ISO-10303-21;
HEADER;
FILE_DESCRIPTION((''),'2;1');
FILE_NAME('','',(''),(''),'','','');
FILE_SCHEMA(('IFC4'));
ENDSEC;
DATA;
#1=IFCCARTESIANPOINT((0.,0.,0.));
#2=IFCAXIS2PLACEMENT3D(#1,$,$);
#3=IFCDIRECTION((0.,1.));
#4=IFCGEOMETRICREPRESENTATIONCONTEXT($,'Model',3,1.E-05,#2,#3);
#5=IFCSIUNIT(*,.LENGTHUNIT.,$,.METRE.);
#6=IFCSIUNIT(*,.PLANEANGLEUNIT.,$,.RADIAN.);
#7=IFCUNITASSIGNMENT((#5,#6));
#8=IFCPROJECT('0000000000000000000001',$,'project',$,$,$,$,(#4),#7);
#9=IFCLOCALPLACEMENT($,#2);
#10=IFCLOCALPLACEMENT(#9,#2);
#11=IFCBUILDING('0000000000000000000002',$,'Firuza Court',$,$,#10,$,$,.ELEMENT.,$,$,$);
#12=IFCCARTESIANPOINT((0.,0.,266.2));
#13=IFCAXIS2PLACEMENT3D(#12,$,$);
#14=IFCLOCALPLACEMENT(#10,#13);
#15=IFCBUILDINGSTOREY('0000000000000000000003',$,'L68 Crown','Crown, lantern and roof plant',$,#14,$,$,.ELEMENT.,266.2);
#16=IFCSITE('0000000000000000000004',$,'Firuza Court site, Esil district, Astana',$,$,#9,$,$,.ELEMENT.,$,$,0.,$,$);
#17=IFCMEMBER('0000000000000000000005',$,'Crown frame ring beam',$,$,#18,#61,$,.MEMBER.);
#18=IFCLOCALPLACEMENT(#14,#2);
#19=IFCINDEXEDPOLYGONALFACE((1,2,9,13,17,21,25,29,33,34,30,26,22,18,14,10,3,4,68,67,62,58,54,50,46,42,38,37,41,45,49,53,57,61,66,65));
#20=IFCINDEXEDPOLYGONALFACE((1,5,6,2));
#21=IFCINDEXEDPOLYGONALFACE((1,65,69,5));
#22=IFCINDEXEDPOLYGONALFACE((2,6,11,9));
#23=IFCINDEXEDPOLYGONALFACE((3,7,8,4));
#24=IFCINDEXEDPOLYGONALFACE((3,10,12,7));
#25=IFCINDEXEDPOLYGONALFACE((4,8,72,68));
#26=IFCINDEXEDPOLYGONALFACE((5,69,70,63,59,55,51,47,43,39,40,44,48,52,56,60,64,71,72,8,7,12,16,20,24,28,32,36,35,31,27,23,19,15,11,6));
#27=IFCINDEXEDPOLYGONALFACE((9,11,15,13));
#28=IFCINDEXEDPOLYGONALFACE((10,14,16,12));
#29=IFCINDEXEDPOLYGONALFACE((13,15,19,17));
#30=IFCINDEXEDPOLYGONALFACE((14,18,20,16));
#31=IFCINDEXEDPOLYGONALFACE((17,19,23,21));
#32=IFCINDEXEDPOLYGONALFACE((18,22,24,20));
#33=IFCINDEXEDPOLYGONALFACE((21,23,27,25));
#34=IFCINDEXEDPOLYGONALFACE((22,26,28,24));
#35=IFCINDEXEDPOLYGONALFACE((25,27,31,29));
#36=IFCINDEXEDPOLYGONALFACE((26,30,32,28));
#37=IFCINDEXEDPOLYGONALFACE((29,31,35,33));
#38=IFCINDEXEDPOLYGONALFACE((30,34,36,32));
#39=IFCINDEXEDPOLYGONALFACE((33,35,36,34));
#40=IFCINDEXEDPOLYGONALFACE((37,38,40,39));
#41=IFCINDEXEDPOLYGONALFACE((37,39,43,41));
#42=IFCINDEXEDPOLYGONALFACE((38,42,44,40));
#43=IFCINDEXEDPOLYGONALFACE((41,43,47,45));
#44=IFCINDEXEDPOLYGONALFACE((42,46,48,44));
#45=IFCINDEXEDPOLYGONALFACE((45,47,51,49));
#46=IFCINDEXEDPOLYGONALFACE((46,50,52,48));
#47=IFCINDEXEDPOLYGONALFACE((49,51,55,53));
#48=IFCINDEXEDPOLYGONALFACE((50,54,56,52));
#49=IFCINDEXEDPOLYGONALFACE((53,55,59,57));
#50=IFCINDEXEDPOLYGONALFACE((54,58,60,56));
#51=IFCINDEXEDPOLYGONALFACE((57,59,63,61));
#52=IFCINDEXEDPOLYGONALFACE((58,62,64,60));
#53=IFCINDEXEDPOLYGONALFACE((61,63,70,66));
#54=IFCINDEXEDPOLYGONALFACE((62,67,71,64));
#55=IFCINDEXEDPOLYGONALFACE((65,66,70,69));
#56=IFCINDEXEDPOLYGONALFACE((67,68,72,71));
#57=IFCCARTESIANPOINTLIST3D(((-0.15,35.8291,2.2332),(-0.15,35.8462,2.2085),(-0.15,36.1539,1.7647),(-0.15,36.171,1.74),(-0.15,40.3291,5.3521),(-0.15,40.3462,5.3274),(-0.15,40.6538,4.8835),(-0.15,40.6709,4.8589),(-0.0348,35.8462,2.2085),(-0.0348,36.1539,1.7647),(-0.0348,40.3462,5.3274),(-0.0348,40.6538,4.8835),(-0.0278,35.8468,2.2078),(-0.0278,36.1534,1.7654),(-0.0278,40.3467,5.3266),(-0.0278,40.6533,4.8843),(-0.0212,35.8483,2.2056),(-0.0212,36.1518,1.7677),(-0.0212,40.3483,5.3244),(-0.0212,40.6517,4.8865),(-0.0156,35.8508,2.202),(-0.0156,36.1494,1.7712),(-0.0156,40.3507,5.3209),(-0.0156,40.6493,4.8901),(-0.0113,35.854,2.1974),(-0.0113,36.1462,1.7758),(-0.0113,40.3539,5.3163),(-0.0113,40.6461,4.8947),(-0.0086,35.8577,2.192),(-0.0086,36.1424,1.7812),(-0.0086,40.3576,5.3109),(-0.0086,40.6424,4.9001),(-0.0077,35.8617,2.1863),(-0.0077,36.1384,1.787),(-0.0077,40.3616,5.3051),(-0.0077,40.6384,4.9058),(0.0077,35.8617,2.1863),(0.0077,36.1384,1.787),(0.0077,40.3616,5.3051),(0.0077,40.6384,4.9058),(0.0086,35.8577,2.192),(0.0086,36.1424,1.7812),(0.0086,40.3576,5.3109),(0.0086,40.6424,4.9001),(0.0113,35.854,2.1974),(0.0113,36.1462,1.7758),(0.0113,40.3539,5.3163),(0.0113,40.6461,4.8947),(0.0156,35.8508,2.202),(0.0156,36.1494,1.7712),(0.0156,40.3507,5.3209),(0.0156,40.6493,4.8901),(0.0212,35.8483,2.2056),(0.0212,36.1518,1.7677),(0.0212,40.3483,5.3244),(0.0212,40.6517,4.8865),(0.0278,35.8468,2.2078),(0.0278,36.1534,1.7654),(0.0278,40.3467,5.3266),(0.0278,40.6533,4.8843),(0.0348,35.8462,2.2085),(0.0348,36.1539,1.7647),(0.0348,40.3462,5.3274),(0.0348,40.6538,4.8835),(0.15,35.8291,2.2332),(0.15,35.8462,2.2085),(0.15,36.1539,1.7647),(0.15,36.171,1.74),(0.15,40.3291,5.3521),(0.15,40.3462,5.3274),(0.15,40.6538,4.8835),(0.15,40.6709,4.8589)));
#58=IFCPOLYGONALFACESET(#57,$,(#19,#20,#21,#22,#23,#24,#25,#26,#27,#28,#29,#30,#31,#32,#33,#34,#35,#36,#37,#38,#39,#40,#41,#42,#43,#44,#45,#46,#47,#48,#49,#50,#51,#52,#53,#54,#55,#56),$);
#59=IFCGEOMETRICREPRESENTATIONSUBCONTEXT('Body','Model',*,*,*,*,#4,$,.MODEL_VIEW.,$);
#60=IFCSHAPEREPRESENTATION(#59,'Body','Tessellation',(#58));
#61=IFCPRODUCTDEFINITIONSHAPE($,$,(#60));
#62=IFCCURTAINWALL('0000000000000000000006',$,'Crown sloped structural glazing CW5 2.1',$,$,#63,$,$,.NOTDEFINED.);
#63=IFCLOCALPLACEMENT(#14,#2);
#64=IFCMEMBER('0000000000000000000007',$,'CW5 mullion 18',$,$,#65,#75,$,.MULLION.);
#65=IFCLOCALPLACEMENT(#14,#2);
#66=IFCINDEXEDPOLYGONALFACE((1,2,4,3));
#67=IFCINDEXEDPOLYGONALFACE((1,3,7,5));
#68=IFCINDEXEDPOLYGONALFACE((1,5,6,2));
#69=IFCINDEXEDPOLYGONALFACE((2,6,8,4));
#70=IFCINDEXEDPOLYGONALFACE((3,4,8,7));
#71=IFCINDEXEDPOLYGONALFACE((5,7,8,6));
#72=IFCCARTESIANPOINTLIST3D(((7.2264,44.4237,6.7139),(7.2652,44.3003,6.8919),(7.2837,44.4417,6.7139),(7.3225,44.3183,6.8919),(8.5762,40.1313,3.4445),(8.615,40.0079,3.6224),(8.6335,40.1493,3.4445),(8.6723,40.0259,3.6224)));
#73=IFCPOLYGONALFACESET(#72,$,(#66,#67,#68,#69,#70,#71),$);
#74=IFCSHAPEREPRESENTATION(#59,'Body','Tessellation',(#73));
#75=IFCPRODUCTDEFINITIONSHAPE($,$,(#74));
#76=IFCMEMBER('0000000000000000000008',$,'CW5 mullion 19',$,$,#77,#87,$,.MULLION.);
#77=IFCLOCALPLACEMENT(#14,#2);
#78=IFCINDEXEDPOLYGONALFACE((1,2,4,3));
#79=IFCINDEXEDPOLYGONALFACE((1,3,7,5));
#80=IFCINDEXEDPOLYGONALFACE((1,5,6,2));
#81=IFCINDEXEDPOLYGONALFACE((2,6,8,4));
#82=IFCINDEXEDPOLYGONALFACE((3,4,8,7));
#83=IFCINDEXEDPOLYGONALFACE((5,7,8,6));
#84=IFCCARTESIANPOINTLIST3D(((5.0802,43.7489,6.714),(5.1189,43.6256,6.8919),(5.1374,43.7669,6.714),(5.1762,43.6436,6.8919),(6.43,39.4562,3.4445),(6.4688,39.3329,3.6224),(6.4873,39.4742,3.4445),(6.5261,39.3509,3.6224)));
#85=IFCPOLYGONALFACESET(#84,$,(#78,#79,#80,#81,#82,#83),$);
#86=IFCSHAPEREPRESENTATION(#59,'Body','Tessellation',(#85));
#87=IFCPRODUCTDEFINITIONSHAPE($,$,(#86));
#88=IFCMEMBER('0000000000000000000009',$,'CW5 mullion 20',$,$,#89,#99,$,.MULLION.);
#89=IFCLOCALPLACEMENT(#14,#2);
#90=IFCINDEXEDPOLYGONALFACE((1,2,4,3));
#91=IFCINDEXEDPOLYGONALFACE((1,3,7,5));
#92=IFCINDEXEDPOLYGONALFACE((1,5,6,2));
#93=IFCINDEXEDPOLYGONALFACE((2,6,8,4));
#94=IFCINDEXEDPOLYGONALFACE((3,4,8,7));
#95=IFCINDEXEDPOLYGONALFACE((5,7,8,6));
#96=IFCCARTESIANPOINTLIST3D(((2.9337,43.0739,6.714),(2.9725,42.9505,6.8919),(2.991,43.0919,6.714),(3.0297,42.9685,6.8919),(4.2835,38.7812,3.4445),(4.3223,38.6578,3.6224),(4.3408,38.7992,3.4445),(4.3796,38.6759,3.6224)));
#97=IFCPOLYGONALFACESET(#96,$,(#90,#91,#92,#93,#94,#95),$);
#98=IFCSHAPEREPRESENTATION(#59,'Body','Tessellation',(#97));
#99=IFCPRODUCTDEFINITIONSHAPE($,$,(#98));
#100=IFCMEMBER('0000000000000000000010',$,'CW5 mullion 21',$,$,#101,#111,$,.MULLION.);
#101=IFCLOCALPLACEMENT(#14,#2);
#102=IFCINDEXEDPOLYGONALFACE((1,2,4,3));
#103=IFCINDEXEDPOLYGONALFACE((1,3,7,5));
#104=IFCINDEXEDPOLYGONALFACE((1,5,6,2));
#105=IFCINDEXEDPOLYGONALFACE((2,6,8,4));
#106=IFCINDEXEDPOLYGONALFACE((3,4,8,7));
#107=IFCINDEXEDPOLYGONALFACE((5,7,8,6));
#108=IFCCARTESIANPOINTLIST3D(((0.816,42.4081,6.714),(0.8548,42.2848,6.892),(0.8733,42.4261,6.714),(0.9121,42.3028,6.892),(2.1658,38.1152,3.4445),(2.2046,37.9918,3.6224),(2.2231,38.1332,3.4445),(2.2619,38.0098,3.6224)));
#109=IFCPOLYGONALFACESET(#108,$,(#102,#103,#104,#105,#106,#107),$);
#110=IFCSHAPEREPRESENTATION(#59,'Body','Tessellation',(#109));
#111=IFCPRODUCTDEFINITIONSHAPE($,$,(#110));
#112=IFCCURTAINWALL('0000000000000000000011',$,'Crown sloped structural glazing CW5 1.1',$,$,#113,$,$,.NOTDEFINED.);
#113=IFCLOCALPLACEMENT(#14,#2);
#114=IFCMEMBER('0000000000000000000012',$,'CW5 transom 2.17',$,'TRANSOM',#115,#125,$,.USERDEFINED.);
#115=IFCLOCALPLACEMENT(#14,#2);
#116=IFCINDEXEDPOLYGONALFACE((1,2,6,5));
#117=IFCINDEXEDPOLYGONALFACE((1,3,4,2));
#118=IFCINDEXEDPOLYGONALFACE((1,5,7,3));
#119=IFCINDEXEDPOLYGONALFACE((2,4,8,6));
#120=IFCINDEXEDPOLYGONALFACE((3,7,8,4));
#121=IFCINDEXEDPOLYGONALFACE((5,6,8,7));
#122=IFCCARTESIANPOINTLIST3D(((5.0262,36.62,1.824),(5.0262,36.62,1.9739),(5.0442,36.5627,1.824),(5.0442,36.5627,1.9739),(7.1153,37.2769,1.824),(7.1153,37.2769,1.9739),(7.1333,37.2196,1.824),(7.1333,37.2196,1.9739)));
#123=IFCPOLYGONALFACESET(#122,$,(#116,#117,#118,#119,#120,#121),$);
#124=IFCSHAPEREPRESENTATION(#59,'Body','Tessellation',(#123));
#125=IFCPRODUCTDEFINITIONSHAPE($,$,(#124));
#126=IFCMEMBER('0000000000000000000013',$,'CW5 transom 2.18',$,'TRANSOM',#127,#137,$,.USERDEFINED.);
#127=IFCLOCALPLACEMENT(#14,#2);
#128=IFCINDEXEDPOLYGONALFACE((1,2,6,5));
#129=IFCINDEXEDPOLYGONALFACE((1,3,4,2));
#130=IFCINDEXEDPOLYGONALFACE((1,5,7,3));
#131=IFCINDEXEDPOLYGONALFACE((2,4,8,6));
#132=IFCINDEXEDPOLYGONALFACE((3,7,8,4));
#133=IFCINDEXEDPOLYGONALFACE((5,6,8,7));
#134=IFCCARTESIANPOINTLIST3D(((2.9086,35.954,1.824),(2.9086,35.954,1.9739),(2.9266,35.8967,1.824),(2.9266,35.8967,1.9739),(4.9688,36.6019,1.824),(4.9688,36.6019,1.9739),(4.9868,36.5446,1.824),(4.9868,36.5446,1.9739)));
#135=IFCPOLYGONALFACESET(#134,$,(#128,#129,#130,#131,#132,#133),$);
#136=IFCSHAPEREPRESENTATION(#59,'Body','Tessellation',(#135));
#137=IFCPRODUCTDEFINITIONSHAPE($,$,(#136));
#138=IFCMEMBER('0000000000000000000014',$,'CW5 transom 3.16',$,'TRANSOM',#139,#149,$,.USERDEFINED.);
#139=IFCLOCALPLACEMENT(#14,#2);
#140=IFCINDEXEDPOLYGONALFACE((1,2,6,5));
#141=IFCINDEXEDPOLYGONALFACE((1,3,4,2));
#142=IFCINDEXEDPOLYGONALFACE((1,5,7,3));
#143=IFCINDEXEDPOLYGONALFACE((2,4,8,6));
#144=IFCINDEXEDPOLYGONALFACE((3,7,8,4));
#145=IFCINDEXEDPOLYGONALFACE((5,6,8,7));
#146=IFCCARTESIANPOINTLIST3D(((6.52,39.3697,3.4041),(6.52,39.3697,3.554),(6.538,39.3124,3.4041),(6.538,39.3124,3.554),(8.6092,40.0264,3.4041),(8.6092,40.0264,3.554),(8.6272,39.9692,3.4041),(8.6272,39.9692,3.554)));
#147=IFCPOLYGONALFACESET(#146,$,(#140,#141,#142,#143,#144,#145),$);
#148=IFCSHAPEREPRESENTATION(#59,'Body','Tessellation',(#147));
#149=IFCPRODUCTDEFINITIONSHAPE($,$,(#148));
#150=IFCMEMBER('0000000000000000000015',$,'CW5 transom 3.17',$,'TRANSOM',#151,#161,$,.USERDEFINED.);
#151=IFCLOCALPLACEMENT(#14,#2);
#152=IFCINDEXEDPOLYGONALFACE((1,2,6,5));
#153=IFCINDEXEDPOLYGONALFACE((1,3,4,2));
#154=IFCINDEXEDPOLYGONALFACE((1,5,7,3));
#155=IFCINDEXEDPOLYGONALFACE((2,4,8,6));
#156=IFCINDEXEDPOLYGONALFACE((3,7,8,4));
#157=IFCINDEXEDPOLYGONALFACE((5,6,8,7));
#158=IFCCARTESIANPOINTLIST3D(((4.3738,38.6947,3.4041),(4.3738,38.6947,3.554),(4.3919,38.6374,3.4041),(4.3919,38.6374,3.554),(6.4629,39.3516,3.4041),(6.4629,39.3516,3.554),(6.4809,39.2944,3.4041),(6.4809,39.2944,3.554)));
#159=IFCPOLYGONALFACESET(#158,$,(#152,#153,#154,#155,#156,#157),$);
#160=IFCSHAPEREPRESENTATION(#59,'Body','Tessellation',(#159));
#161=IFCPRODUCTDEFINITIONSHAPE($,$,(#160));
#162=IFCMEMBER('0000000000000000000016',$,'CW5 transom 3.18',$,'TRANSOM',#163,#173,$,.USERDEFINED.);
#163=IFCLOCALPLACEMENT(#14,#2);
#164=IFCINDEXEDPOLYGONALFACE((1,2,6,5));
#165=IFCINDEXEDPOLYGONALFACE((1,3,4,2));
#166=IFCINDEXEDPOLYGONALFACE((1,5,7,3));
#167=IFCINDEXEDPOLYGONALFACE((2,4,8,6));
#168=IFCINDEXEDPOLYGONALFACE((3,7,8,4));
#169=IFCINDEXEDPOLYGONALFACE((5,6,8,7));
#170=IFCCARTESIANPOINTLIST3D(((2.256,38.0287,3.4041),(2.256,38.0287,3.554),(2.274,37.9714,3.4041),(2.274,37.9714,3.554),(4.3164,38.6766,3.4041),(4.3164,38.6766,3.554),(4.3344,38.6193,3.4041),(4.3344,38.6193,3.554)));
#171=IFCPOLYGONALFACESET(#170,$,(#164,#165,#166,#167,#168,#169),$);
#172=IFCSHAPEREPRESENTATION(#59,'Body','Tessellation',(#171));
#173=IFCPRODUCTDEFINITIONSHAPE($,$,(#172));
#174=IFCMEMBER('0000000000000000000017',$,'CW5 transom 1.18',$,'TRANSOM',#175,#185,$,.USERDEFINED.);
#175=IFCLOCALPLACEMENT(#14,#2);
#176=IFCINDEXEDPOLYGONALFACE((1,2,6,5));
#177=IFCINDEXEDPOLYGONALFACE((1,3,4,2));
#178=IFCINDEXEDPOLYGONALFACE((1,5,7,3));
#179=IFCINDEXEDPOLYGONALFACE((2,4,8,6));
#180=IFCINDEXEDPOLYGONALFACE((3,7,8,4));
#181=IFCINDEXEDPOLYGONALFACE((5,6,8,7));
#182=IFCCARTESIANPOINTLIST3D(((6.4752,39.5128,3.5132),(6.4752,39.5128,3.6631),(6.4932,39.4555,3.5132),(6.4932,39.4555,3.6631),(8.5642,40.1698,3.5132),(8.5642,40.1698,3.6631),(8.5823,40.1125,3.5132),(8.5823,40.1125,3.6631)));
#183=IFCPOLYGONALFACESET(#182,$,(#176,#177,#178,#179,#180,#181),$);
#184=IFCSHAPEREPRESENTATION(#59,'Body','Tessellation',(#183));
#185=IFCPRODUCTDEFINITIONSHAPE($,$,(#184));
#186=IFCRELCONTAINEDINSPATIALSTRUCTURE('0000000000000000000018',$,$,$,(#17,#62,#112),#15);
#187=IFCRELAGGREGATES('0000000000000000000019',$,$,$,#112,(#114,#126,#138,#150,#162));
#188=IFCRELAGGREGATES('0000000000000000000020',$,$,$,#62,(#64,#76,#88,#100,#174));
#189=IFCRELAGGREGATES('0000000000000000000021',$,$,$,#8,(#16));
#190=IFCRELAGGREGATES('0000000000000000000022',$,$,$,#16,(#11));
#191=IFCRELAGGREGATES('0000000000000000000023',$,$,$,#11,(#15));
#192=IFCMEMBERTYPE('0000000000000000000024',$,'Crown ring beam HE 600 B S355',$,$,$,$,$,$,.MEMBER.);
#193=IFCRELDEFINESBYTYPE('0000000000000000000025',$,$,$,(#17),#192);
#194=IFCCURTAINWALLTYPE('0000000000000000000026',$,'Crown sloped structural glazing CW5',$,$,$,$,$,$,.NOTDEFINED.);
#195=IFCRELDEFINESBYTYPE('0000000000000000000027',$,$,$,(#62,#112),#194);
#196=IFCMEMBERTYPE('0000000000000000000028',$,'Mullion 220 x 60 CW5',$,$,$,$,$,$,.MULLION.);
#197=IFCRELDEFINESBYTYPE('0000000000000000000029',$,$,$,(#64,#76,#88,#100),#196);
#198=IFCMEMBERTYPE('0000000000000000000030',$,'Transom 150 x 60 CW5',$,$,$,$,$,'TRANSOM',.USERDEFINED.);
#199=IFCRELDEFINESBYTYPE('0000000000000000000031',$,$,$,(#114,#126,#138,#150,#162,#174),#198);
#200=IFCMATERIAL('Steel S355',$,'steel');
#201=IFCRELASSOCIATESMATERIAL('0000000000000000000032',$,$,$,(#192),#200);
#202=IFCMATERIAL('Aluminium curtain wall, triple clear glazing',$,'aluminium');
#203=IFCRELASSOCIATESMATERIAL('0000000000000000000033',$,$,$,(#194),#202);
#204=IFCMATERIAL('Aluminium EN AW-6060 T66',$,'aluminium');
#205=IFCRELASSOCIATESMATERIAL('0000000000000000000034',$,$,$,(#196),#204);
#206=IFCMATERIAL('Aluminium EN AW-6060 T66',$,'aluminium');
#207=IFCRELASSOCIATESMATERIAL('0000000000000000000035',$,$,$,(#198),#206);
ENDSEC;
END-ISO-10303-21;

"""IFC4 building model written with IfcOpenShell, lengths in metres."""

from ifc_helpers import new_model, si_unit, direction, frame, origin, origin_2d, place, context, subcontext, project, spatial, rectangle, i_section, extrude, material, material_profile, profile_set, type_object, element, aggregate, save


model = new_model("IFC4")

# Units and contexts
model_context = context("Model", 3, precision=1e-05, world=origin(), true_north=direction((0.0, 1.0)))
body_context = subcontext(model_context, "Body", "Model", "MODEL_VIEW")
ifc_project = project(units=[si_unit("LENGTHUNIT", "METRE"), si_unit("PLANEANGLEUNIT", "RADIAN")], contexts=[model_context])

# Site, building, storey
site_placement = place(None, origin())
site = spatial("IfcSite", under=ifc_project, at=site_placement, Name="Firuza Court site, Esil district, Astana", CompositionType="ELEMENT", RefElevation=0.0)
building_placement = place(site_placement, origin())
building = spatial("IfcBuilding", under=site, at=building_placement, Name="Firuza Court", CompositionType="ELEMENT")
storey_placement = place(building_placement, frame((0.0, 0.0, 266.2)))
storey = spatial("IfcBuildingStorey", under=building, at=storey_placement, Name="L68 Crown", Description="Crown, lantern and roof plant", CompositionType="ELEMENT", Elevation=266.2)

# Member
ifc_material_1 = material(Name="Steel S355", Category="steel")
ifc_material_profile_1 = material_profile(ifc_material_1, i_section(OverallWidth=0.3, OverallDepth=0.6001, WebThickness=0.0154, FlangeThickness=0.03, FilletRadius=0.0271, at=origin_2d()), Name="HE 600 B")
ifc_profile_set_1 = profile_set([ifc_material_profile_1], Name="Steel S355")
member_type_1 = type_object("IfcMemberType", Name="Crown ring beam HE 600 B S355", PredefinedType="MEMBER", material=ifc_profile_set_1)
member_1_placement = place(storey_placement, frame((0.0, 40.5, 5.1055), z_axis=(0.0, -0.821892, -0.569643), x_axis=(1.0, 0.0, 0.0)))
element("IfcMember", 1, at=member_1_placement, inside=storey, type_object=member_type_1, Name="Crown frame ring beam", PredefinedType="MEMBER", context=body_context, shape_type="SweptSolid", body=[
    extrude(i_section(OverallWidth=0.3, OverallDepth=0.6001, WebThickness=0.0154, FlangeThickness=0.03, FilletRadius=0.0271, at=origin_2d()), origin(), (0.0, 0.0, 1.0), 5.4751),
])

# Curtain walls, members
ifc_material_2 = material(Name="Aluminium curtain wall, triple clear glazing", Category="aluminium")
curtain_wall_type = type_object("IfcCurtainWallType", Name="Crown sloped structural glazing CW5", PredefinedType="NOTDEFINED", material=ifc_material_2)
curtain_wall_1_placement = place(storey_placement, origin())
curtain_wall_1 = element("IfcCurtainWall", 2, at=curtain_wall_1_placement, inside=storey, type_object=curtain_wall_type, Name="Crown sloped structural glazing CW5 2.1", PredefinedType="NOTDEFINED")
ifc_material_3 = material(Name="Aluminium EN AW-6060 T66", Category="aluminium")
ifc_material_profile_2 = material_profile(ifc_material_3, rectangle(XDim=0.0601, YDim=0.22, at=origin_2d()), Name="Mullion 220 x 60 CW5")
ifc_profile_set_2 = profile_set([ifc_material_profile_2], Name="Aluminium EN AW-6060 T66")
member_type_2 = type_object("IfcMemberType", Name="Mullion 220 x 60 CW5", PredefinedType="MULLION", material=ifc_profile_set_2)
member_2_placement = place(storey_placement, frame((8.6243, 40.0786, 3.5334), z_axis=(-0.242686, 0.771733, 0.58782), x_axis=(-0.953944, -0.299986, 0.0)))
member_2 = element("IfcMember", 3, at=member_2_placement, type_object=member_type_2, Name="CW5 mullion 18", PredefinedType="MULLION", context=body_context, shape_type="SweptSolid", body=[
    extrude(rectangle(XDim=0.0601, YDim=0.22, at=origin_2d()), origin(), (0.0, 0.0, 1.0), 5.562),
])
member_3_placement = place(storey_placement, frame((6.478, 39.4036, 3.5334), z_axis=(-0.242678, 0.77175, 0.5878), x_axis=(-0.953948, -0.29997, 0.0)))
member_3 = element("IfcMember", 4, at=member_3_placement, type_object=member_type_2, Name="CW5 mullion 19", PredefinedType="MULLION", context=body_context, shape_type="SweptSolid", body=[
    extrude(rectangle(XDim=0.0601, YDim=0.22, at=origin_2d()), origin(), (0.0, 0.0, 1.0), 5.5623),
])
member_4_placement = place(storey_placement, frame((4.3315, 38.7285, 3.5334), z_axis=(-0.242678, 0.77175, 0.5878), x_axis=(-0.953948, -0.29997, 0.0)))
member_4 = element("IfcMember", 5, at=member_4_placement, type_object=member_type_2, Name="CW5 mullion 20", PredefinedType="MULLION", context=body_context, shape_type="SweptSolid", body=[
    extrude(rectangle(XDim=0.0601, YDim=0.22, at=origin_2d()), origin(), (0.0, 0.0, 1.0), 5.5623),
])
member_5_placement = place(storey_placement, frame((2.2139, 38.0625, 3.5334), z_axis=(-0.24267, 0.771768, 0.58778), x_axis=(-0.953953, -0.299955, 0.0)))
member_5 = element("IfcMember", 6, at=member_5_placement, type_object=member_type_2, Name="CW5 mullion 21", PredefinedType="MULLION", context=body_context, shape_type="SweptSolid", body=[
    extrude(rectangle(XDim=0.0601, YDim=0.22, at=origin_2d()), origin(), (0.0, 0.0, 1.0), 5.5625),
])
curtain_wall_2_placement = place(storey_placement, origin())
curtain_wall_2 = element("IfcCurtainWall", 7, at=curtain_wall_2_placement, inside=storey, type_object=curtain_wall_type, Name="Crown sloped structural glazing CW5 1.1", PredefinedType="NOTDEFINED")
ifc_material_4 = material(Name="Aluminium EN AW-6060 T66", Category="aluminium")
ifc_material_profile_3 = material_profile(ifc_material_4, rectangle(XDim=0.0601, YDim=0.1499, at=origin_2d()), Name="Transom 150 x 60 CW5")
ifc_profile_set_3 = profile_set([ifc_material_profile_3], Name="Aluminium EN AW-6060 T66")
member_type_3 = type_object("IfcMemberType", Name="Transom 150 x 60 CW5", ElementType="TRANSOM", PredefinedType="USERDEFINED", material=ifc_profile_set_3)
member_6_placement = place(storey_placement, frame((7.1243, 37.2483, 1.8989), z_axis=(-0.953941, -0.299995, 0.0), x_axis=(0.299995, -0.953941, 0.0)))
member_6 = element("IfcMember", 8, at=member_6_placement, type_object=member_type_3, Name="CW5 transom 2.17", ObjectType="TRANSOM", PredefinedType="USERDEFINED", context=body_context, shape_type="SweptSolid", body=[
    extrude(rectangle(XDim=0.0601, YDim=0.1499, at=origin_2d()), origin(), (0.0, 0.0, 1.0), 2.1899),
])
member_7_placement = place(storey_placement, frame((4.9778, 36.5732, 1.8989), z_axis=(-0.953937, -0.300006, 0.0), x_axis=(0.300006, -0.953937, 0.0)))
member_7 = element("IfcMember", 9, at=member_7_placement, type_object=member_type_3, Name="CW5 transom 2.18", ObjectType="TRANSOM", PredefinedType="USERDEFINED", context=body_context, shape_type="SweptSolid", body=[
    extrude(rectangle(XDim=0.0601, YDim=0.1499, at=origin_2d()), origin(), (0.0, 0.0, 1.0), 2.1597),
])
member_8_placement = place(storey_placement, frame((8.6182, 39.9978, 3.479), z_axis=(-0.953973, -0.299893, 0.0), x_axis=(0.299893, -0.953973, 0.0)))
member_8 = element("IfcMember", 10, at=member_8_placement, type_object=member_type_3, Name="CW5 transom 3.16", ObjectType="TRANSOM", PredefinedType="USERDEFINED", context=body_context, shape_type="SweptSolid", body=[
    extrude(rectangle(XDim=0.0601, YDim=0.1499, at=origin_2d()), origin(), (0.0, 0.0, 1.0), 2.1899),
])
member_9_placement = place(storey_placement, frame((6.4719, 39.323, 3.479), z_axis=(-0.953941, -0.299995, 0.0), x_axis=(0.299995, -0.953941, 0.0)))
member_9 = element("IfcMember", 11, at=member_9_placement, type_object=member_type_3, Name="CW5 transom 3.17", ObjectType="TRANSOM", PredefinedType="USERDEFINED", context=body_context, shape_type="SweptSolid", body=[
    extrude(rectangle(XDim=0.0601, YDim=0.1499, at=origin_2d()), origin(), (0.0, 0.0, 1.0), 2.1899),
])
member_10_placement = place(storey_placement, frame((4.3254, 38.6479, 3.479), z_axis=(-0.953948, -0.299974, 0.0), x_axis=(0.299974, -0.953948, 0.0)))
member_10 = element("IfcMember", 12, at=member_10_placement, type_object=member_type_3, Name="CW5 transom 3.18", ObjectType="TRANSOM", PredefinedType="USERDEFINED", context=body_context, shape_type="SweptSolid", body=[
    extrude(rectangle(XDim=0.0601, YDim=0.1499, at=origin_2d()), origin(), (0.0, 0.0, 1.0), 2.1599),
])

# Member
member_11_placement = place(storey_placement, frame((8.5732, 40.1411, 3.5881), z_axis=(-0.953941, -0.299995, 0.0), x_axis=(0.299995, -0.953941, 0.0)))
member_11 = element("IfcMember", 13, at=member_11_placement, type_object=member_type_3, Name="CW5 transom 1.18", ObjectType="TRANSOM", PredefinedType="USERDEFINED", context=body_context, shape_type="SweptSolid", body=[
    extrude(rectangle(XDim=0.0601, YDim=0.1499, at=origin_2d()), origin(), (0.0, 0.0, 1.0), 2.1899),
])

aggregate(curtain_wall_2, [member_6, member_7, member_8, member_9, member_10])
aggregate(curtain_wall_1, [member_2, member_3, member_4, member_5, member_11])

save(model, "model.ifc")
